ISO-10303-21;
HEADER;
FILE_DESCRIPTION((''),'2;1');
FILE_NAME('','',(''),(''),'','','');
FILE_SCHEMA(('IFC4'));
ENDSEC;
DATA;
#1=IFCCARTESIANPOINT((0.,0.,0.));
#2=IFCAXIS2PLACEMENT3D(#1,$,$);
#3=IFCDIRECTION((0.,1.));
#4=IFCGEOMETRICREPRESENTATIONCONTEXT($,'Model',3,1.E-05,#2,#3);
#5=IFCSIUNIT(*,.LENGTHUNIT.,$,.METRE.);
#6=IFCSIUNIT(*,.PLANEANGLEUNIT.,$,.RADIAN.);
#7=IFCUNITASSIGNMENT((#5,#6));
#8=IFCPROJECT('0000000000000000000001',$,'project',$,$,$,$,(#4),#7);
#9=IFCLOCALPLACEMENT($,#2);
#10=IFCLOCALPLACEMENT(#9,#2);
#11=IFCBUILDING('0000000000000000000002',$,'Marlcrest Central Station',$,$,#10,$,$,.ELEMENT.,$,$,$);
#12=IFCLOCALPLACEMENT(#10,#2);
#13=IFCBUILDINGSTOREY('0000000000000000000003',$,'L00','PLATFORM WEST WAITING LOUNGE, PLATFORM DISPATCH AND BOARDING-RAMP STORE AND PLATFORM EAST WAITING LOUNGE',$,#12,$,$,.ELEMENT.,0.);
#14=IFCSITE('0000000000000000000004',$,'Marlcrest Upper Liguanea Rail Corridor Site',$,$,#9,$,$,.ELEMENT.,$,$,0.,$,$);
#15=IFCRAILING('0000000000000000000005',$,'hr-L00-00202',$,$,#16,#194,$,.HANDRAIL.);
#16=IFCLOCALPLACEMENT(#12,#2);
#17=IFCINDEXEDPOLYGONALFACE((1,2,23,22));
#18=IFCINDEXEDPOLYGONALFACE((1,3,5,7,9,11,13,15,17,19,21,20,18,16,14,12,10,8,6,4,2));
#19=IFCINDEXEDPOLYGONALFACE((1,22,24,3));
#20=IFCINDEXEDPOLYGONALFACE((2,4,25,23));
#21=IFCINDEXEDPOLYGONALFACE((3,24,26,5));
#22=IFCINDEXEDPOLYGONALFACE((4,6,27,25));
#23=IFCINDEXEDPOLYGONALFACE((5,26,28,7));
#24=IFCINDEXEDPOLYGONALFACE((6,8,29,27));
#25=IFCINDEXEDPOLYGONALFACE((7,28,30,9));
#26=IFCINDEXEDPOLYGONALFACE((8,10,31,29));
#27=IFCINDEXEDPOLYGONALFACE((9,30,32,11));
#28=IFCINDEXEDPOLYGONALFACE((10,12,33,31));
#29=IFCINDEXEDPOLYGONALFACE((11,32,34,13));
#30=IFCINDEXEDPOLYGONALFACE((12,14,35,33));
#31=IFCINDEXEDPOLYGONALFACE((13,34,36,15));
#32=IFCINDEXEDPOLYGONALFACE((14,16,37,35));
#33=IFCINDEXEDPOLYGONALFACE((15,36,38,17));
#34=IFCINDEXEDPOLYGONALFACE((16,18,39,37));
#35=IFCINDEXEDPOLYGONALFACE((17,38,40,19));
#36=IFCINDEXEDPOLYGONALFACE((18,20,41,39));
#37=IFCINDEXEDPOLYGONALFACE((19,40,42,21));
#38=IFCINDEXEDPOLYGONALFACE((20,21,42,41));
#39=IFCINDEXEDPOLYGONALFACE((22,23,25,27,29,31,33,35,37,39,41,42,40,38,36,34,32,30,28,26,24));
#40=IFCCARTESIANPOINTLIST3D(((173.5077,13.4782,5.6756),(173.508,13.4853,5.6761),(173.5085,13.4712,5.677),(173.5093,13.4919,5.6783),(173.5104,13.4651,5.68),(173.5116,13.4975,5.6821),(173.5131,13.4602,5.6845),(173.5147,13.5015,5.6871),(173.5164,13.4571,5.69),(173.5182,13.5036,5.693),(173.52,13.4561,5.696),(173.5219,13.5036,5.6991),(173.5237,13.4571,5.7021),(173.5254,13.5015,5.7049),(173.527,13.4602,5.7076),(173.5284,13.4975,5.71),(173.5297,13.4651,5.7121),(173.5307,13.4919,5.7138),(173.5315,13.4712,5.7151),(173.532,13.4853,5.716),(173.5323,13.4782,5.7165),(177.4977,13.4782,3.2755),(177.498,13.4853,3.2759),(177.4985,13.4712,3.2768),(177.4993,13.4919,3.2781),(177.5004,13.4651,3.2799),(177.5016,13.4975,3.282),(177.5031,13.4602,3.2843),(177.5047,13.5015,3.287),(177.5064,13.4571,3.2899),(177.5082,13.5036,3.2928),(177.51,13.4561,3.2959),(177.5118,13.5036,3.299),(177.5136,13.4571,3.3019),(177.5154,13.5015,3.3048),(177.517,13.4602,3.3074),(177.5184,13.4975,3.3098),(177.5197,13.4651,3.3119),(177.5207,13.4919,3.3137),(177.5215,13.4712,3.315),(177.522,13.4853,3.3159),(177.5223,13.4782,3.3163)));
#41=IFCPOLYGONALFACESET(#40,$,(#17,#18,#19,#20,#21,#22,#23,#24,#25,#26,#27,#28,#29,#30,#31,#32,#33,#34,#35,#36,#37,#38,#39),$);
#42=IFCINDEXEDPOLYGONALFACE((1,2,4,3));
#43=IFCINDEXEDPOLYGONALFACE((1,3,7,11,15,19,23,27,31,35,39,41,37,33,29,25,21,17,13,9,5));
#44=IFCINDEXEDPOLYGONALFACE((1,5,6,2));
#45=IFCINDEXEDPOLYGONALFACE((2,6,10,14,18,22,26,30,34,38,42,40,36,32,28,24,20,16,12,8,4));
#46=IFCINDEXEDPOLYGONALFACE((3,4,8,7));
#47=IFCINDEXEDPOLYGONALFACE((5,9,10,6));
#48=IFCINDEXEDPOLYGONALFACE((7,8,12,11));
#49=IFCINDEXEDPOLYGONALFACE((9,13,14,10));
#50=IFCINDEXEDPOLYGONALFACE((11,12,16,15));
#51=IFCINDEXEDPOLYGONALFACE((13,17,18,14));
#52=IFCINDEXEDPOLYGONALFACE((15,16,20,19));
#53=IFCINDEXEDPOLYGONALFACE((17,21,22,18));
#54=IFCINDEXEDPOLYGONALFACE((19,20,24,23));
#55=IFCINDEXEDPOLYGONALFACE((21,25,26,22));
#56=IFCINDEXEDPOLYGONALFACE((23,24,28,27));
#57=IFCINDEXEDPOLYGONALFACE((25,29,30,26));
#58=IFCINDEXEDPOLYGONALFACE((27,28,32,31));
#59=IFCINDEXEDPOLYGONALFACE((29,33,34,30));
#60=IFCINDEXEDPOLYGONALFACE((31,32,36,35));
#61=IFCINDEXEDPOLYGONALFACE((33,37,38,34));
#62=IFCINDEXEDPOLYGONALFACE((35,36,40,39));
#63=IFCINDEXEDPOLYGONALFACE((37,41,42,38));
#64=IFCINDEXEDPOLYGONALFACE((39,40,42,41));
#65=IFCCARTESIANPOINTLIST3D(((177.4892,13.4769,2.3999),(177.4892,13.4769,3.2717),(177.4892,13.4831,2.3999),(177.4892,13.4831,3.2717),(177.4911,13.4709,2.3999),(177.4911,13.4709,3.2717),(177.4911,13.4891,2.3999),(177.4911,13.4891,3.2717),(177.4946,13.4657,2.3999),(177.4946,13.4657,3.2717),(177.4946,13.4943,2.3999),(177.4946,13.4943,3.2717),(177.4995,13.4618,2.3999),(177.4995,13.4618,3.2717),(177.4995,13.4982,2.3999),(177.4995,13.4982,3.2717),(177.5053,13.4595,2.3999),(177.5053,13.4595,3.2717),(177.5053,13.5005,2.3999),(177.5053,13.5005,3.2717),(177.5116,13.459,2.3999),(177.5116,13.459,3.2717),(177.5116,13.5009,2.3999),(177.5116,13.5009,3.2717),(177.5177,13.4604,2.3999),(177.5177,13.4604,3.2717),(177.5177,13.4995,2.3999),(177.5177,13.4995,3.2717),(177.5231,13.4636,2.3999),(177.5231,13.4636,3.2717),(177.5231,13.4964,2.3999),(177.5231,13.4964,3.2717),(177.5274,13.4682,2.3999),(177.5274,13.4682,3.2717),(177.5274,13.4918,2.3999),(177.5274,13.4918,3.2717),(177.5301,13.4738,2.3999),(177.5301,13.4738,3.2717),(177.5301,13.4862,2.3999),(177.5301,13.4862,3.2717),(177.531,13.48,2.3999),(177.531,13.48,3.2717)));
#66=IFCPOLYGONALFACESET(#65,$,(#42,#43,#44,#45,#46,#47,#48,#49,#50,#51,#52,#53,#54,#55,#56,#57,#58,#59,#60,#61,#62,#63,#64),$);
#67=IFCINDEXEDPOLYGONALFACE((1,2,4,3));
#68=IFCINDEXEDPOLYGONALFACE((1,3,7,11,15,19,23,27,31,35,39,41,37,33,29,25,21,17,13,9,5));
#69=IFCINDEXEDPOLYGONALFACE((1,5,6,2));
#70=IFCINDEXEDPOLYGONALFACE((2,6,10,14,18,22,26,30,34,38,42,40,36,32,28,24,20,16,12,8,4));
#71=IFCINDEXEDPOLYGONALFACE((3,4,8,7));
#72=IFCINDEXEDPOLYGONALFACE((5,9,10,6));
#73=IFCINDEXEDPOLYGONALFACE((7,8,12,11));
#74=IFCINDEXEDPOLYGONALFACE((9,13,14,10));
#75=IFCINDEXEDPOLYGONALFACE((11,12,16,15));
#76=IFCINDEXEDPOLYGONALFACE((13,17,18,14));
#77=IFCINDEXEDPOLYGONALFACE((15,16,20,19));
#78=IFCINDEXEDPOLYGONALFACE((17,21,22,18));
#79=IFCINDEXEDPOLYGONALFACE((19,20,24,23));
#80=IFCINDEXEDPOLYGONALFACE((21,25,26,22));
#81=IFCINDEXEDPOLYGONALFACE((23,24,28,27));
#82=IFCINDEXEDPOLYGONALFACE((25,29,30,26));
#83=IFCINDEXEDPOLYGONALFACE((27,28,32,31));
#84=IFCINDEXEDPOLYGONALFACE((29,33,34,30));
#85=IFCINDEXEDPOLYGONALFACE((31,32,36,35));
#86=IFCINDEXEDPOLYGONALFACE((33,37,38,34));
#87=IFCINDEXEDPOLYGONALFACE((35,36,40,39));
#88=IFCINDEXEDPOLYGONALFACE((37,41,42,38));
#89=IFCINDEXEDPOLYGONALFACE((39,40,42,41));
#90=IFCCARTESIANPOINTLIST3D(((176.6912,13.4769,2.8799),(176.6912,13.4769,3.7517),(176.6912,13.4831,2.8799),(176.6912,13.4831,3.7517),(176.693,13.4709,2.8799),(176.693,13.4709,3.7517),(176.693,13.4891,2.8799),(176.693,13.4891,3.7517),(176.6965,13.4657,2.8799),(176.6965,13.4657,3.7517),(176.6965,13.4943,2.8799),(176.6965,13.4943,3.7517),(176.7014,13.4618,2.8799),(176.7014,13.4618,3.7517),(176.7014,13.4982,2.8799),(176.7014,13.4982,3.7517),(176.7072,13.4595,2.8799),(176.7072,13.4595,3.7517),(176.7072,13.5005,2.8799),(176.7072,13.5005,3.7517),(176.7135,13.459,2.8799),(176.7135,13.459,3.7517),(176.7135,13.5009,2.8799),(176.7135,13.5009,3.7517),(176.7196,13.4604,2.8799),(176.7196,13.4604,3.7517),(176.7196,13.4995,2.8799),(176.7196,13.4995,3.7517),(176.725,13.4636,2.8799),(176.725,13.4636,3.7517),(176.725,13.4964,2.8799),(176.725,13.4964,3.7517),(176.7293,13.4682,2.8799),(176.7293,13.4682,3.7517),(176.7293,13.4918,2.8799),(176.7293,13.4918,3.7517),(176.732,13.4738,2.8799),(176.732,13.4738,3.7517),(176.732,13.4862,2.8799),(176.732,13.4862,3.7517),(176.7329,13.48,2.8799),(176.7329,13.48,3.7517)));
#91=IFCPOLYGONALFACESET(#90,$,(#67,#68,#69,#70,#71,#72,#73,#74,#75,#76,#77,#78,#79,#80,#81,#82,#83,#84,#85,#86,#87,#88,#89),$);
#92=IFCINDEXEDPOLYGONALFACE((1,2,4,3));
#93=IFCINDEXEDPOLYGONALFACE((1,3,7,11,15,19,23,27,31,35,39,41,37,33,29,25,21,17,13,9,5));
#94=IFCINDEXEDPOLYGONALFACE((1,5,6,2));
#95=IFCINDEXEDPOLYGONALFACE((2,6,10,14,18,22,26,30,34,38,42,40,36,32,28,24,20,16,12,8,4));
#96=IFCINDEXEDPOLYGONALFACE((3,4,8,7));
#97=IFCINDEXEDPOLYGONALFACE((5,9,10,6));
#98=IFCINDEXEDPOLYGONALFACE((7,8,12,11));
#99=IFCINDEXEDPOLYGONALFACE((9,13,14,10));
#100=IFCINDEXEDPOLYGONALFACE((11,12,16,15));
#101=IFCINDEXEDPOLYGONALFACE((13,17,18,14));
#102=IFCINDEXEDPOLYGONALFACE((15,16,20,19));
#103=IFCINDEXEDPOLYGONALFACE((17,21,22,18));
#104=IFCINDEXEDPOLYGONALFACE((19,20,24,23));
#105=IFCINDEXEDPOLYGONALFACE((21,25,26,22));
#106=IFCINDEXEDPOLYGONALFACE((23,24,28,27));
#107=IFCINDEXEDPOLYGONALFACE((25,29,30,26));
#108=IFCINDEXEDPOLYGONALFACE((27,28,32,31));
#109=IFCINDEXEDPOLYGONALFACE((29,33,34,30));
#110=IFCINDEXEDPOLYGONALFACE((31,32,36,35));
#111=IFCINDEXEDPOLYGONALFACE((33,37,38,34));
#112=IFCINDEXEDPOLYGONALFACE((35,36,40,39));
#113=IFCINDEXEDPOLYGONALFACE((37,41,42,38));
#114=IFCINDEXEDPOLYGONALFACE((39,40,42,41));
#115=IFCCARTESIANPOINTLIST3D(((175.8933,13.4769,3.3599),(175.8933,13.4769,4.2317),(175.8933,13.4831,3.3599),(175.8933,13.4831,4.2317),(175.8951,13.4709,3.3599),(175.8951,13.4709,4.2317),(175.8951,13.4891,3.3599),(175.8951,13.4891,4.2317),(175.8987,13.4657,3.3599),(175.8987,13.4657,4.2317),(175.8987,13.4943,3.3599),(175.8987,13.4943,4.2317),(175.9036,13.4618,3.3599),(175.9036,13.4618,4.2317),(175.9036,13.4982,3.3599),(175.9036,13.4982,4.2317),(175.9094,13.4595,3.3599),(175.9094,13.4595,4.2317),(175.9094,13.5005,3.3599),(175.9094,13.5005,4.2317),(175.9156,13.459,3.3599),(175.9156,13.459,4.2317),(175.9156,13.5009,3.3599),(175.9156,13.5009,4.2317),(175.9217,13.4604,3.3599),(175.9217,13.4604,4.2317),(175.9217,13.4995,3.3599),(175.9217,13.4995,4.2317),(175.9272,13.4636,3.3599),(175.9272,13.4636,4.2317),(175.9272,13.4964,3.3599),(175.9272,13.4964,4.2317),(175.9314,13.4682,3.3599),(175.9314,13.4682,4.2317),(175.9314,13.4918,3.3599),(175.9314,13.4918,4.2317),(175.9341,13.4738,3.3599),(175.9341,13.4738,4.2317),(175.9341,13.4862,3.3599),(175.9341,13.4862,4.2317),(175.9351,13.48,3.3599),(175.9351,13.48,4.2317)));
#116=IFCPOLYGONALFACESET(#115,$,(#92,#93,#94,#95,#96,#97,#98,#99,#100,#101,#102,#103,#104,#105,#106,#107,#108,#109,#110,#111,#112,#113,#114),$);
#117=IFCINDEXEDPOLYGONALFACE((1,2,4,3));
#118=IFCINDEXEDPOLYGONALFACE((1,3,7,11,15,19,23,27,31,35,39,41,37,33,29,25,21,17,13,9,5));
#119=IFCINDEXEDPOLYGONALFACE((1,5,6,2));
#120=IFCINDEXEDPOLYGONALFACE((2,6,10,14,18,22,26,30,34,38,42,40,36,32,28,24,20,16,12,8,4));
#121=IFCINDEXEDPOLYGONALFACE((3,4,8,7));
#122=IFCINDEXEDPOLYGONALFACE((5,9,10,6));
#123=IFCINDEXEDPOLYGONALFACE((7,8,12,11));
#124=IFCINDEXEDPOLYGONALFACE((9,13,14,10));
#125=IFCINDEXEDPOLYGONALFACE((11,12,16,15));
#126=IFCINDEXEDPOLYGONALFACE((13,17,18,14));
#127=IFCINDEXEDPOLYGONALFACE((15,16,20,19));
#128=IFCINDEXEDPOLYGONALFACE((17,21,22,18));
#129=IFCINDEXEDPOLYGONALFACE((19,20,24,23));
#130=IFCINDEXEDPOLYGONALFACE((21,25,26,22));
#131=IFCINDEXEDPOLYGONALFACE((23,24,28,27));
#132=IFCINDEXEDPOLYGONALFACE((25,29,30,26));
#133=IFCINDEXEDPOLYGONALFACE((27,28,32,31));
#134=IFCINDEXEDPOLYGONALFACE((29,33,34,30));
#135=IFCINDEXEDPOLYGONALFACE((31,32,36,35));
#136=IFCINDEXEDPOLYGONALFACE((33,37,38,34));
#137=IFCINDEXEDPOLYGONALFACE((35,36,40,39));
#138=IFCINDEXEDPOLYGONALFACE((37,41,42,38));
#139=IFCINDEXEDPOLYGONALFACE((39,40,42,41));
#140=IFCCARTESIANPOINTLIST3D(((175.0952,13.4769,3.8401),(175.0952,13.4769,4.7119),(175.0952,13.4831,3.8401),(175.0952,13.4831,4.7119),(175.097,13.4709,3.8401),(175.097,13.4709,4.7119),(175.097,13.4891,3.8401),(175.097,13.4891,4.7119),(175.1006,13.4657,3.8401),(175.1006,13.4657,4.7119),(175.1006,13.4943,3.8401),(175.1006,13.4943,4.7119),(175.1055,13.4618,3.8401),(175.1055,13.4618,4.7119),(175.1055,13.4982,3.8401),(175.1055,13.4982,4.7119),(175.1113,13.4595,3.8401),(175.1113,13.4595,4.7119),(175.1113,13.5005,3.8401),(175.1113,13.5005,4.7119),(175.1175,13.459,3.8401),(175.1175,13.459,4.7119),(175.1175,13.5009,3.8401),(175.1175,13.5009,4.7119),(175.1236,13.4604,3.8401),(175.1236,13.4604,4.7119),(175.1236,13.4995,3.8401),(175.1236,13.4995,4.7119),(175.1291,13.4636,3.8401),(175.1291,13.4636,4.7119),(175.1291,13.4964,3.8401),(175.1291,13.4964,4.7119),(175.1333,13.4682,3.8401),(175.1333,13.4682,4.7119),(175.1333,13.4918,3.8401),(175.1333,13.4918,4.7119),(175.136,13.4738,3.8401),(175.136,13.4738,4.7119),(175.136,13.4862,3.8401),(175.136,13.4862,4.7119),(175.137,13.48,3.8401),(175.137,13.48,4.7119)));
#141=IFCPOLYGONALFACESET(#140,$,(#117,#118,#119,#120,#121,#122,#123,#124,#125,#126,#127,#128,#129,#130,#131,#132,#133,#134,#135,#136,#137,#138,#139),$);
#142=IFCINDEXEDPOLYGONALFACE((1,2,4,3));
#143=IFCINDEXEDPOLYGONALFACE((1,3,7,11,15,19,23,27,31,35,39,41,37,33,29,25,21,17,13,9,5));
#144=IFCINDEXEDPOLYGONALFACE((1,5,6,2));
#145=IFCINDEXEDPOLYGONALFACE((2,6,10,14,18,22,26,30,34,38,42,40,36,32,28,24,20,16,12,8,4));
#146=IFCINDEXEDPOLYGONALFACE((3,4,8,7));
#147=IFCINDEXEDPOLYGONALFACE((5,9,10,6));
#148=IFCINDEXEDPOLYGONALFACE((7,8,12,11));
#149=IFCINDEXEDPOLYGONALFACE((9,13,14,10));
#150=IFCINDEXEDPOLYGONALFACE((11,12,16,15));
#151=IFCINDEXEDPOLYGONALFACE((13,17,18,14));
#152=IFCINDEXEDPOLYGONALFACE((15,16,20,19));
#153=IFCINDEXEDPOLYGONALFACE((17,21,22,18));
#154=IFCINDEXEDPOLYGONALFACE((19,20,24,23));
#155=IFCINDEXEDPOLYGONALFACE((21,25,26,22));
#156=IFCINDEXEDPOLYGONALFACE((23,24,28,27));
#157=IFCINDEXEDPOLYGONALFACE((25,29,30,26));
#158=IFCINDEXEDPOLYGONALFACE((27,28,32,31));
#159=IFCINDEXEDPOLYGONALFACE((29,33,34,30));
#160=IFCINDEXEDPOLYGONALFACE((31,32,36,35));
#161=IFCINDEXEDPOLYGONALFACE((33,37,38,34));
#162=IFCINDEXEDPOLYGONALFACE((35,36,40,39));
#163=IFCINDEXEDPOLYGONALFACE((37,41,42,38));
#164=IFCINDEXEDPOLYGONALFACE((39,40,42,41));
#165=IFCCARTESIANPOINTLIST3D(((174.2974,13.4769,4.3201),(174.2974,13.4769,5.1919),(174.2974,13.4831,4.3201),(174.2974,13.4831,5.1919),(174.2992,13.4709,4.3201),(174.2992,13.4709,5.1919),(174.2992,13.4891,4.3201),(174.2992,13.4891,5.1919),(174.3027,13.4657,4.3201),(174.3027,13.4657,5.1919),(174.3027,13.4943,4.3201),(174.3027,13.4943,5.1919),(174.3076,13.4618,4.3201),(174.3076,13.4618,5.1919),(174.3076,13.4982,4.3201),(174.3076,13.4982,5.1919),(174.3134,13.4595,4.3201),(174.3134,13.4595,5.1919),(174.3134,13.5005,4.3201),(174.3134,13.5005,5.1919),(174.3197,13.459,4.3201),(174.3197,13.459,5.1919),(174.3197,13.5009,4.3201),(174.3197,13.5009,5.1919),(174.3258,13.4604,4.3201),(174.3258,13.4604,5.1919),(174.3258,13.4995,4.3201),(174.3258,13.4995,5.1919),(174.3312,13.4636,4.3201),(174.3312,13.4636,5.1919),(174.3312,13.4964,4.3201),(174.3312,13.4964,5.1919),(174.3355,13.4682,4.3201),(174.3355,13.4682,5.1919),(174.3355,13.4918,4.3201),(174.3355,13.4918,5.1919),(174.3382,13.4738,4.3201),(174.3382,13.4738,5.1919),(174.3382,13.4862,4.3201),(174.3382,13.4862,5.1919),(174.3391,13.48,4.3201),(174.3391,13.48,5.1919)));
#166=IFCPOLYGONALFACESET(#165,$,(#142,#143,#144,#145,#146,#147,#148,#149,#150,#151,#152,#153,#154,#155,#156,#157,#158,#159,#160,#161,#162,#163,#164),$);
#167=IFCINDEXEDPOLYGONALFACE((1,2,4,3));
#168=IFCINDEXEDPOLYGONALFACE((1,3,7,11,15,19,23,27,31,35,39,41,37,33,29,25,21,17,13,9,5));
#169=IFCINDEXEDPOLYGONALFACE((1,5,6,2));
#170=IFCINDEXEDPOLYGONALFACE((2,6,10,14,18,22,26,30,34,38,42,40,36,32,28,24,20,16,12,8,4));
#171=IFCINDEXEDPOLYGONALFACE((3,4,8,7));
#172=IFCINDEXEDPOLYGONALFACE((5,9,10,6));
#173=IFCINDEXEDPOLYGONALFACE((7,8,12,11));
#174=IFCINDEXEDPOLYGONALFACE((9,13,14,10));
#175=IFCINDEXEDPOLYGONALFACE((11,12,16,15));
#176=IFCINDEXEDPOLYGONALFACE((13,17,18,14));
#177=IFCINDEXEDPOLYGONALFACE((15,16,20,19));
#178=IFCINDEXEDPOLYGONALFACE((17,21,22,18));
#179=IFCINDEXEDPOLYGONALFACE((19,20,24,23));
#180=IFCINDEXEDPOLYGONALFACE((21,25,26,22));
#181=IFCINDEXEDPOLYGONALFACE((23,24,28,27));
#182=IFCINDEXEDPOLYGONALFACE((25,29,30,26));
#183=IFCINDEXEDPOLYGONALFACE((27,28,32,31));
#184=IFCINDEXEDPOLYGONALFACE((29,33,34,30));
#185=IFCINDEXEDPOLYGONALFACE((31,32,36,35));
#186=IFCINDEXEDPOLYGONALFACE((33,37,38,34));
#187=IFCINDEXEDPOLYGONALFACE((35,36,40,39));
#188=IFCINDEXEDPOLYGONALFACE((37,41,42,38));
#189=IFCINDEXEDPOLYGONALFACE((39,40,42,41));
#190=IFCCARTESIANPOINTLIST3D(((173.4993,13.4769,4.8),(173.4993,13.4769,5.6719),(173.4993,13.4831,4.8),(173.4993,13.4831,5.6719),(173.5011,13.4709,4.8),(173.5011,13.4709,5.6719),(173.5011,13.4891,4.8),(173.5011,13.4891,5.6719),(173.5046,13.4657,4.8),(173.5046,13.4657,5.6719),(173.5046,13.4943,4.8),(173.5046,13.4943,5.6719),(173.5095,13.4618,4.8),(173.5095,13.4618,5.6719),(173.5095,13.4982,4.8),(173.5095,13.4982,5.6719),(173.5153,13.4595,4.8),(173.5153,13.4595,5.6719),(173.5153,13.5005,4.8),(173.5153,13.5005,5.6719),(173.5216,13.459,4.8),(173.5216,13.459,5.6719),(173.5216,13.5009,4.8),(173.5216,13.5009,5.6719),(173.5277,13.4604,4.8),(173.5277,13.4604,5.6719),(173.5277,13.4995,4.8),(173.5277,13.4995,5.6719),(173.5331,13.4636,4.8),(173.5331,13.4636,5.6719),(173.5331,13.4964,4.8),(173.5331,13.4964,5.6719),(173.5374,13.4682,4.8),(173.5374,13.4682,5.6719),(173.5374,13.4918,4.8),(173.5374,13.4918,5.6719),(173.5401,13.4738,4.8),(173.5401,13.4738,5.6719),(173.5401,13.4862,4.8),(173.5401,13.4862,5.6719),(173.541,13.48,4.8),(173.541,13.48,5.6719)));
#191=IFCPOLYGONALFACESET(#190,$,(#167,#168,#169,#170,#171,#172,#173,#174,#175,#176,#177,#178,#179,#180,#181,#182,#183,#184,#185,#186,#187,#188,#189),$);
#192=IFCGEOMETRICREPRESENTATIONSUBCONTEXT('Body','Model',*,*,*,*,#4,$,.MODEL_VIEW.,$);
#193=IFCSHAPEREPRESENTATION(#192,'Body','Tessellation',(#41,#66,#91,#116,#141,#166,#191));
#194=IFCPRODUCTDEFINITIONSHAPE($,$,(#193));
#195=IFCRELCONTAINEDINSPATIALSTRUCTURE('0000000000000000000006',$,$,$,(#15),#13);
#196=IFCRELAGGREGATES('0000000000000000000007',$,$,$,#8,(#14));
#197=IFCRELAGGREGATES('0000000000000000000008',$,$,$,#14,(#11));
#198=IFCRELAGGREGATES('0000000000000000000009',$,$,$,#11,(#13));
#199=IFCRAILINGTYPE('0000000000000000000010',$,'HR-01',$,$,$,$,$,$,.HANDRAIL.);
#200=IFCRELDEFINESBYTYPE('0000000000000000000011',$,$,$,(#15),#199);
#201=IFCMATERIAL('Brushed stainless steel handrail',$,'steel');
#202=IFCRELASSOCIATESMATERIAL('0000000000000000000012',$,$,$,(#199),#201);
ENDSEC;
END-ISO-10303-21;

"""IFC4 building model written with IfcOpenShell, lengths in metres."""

from ifc_helpers import new_model, si_unit, direction, frame, origin, origin_2d, place, context, subcontext, project, spatial, circle, extrude, material, type_object, element, save


model = new_model("IFC4")

# Units and contexts
model_context = context("Model", 3, precision=1e-05, world=origin(), true_north=direction((0.0, 1.0)))
body_context = subcontext(model_context, "Body", "Model", "MODEL_VIEW")
ifc_project = project(units=[si_unit("LENGTHUNIT", "METRE"), si_unit("PLANEANGLEUNIT", "RADIAN")], contexts=[model_context])

# Site, building, storey
site_placement = place(None, origin())
site = spatial("IfcSite", under=ifc_project, at=site_placement, Name="Marlcrest Upper Liguanea Rail Corridor Site", CompositionType="ELEMENT", RefElevation=0.0)
building_placement = place(site_placement, origin())
building = spatial("IfcBuilding", under=site, at=building_placement, Name="Marlcrest Central Station", CompositionType="ELEMENT")
storey_placement = place(building_placement, origin())
storey = spatial("IfcBuildingStorey", under=building, at=storey_placement, Name="L00", Description="PLATFORM WEST WAITING LOUNGE, PLATFORM DISPATCH AND BOARDING-RAMP STORE AND PLATFORM EAST WAITING LOUNGE", CompositionType="ELEMENT", Elevation=0.0)

# Railing
ifc_material_1 = material(Name="Brushed stainless steel handrail", Category="steel")
railing_type_1 = type_object("IfcRailingType", Name="HR-01", PredefinedType="HANDRAIL", material=ifc_material_1)
railing_1_placement = place(storey_placement, frame((177.51, 13.48, 2.3999)))
element("IfcRailing", 1, at=railing_1_placement, inside=storey, type_object=railing_type_1, Name="hr-L00-00202", PredefinedType="HANDRAIL", context=body_context, shape_type="SweptSolid", body=[
    extrude(circle(Radius=0.0239, at=origin_2d()), frame((0.0, 0.0, 0.896), z_axis=(-0.856909, 0.0, 0.515467), x_axis=(0.0, -1.0, 0.0)), (0.0, 0.0, 1.0), 4.6562),
    extrude(circle(Radius=0.021, at=origin_2d()), origin(), (0.0, 0.0, 1.0), 0.8718),
    extrude(circle(Radius=0.021, at=origin_2d()), frame((-0.7981, 0.0, 0.48)), (0.0, 0.0, 1.0), 0.8718),
    extrude(circle(Radius=0.021, at=origin_2d()), frame((-1.5959, 0.0, 0.96)), (0.0, 0.0, 1.0), 0.8718),
    extrude(circle(Radius=0.021, at=origin_2d()), frame((-2.394, 0.0, 1.4402)), (0.0, 0.0, 1.0), 0.8718),
    extrude(circle(Radius=0.021, at=origin_2d()), frame((-3.1919, 0.0, 1.9202)), (0.0, 0.0, 1.0), 0.8718),
    extrude(circle(Radius=0.021, at=origin_2d()), frame((-3.99, 0.0, 2.4001)), (0.0, 0.0, 1.0), 0.8718),
])

save(model, "model.ifc")
